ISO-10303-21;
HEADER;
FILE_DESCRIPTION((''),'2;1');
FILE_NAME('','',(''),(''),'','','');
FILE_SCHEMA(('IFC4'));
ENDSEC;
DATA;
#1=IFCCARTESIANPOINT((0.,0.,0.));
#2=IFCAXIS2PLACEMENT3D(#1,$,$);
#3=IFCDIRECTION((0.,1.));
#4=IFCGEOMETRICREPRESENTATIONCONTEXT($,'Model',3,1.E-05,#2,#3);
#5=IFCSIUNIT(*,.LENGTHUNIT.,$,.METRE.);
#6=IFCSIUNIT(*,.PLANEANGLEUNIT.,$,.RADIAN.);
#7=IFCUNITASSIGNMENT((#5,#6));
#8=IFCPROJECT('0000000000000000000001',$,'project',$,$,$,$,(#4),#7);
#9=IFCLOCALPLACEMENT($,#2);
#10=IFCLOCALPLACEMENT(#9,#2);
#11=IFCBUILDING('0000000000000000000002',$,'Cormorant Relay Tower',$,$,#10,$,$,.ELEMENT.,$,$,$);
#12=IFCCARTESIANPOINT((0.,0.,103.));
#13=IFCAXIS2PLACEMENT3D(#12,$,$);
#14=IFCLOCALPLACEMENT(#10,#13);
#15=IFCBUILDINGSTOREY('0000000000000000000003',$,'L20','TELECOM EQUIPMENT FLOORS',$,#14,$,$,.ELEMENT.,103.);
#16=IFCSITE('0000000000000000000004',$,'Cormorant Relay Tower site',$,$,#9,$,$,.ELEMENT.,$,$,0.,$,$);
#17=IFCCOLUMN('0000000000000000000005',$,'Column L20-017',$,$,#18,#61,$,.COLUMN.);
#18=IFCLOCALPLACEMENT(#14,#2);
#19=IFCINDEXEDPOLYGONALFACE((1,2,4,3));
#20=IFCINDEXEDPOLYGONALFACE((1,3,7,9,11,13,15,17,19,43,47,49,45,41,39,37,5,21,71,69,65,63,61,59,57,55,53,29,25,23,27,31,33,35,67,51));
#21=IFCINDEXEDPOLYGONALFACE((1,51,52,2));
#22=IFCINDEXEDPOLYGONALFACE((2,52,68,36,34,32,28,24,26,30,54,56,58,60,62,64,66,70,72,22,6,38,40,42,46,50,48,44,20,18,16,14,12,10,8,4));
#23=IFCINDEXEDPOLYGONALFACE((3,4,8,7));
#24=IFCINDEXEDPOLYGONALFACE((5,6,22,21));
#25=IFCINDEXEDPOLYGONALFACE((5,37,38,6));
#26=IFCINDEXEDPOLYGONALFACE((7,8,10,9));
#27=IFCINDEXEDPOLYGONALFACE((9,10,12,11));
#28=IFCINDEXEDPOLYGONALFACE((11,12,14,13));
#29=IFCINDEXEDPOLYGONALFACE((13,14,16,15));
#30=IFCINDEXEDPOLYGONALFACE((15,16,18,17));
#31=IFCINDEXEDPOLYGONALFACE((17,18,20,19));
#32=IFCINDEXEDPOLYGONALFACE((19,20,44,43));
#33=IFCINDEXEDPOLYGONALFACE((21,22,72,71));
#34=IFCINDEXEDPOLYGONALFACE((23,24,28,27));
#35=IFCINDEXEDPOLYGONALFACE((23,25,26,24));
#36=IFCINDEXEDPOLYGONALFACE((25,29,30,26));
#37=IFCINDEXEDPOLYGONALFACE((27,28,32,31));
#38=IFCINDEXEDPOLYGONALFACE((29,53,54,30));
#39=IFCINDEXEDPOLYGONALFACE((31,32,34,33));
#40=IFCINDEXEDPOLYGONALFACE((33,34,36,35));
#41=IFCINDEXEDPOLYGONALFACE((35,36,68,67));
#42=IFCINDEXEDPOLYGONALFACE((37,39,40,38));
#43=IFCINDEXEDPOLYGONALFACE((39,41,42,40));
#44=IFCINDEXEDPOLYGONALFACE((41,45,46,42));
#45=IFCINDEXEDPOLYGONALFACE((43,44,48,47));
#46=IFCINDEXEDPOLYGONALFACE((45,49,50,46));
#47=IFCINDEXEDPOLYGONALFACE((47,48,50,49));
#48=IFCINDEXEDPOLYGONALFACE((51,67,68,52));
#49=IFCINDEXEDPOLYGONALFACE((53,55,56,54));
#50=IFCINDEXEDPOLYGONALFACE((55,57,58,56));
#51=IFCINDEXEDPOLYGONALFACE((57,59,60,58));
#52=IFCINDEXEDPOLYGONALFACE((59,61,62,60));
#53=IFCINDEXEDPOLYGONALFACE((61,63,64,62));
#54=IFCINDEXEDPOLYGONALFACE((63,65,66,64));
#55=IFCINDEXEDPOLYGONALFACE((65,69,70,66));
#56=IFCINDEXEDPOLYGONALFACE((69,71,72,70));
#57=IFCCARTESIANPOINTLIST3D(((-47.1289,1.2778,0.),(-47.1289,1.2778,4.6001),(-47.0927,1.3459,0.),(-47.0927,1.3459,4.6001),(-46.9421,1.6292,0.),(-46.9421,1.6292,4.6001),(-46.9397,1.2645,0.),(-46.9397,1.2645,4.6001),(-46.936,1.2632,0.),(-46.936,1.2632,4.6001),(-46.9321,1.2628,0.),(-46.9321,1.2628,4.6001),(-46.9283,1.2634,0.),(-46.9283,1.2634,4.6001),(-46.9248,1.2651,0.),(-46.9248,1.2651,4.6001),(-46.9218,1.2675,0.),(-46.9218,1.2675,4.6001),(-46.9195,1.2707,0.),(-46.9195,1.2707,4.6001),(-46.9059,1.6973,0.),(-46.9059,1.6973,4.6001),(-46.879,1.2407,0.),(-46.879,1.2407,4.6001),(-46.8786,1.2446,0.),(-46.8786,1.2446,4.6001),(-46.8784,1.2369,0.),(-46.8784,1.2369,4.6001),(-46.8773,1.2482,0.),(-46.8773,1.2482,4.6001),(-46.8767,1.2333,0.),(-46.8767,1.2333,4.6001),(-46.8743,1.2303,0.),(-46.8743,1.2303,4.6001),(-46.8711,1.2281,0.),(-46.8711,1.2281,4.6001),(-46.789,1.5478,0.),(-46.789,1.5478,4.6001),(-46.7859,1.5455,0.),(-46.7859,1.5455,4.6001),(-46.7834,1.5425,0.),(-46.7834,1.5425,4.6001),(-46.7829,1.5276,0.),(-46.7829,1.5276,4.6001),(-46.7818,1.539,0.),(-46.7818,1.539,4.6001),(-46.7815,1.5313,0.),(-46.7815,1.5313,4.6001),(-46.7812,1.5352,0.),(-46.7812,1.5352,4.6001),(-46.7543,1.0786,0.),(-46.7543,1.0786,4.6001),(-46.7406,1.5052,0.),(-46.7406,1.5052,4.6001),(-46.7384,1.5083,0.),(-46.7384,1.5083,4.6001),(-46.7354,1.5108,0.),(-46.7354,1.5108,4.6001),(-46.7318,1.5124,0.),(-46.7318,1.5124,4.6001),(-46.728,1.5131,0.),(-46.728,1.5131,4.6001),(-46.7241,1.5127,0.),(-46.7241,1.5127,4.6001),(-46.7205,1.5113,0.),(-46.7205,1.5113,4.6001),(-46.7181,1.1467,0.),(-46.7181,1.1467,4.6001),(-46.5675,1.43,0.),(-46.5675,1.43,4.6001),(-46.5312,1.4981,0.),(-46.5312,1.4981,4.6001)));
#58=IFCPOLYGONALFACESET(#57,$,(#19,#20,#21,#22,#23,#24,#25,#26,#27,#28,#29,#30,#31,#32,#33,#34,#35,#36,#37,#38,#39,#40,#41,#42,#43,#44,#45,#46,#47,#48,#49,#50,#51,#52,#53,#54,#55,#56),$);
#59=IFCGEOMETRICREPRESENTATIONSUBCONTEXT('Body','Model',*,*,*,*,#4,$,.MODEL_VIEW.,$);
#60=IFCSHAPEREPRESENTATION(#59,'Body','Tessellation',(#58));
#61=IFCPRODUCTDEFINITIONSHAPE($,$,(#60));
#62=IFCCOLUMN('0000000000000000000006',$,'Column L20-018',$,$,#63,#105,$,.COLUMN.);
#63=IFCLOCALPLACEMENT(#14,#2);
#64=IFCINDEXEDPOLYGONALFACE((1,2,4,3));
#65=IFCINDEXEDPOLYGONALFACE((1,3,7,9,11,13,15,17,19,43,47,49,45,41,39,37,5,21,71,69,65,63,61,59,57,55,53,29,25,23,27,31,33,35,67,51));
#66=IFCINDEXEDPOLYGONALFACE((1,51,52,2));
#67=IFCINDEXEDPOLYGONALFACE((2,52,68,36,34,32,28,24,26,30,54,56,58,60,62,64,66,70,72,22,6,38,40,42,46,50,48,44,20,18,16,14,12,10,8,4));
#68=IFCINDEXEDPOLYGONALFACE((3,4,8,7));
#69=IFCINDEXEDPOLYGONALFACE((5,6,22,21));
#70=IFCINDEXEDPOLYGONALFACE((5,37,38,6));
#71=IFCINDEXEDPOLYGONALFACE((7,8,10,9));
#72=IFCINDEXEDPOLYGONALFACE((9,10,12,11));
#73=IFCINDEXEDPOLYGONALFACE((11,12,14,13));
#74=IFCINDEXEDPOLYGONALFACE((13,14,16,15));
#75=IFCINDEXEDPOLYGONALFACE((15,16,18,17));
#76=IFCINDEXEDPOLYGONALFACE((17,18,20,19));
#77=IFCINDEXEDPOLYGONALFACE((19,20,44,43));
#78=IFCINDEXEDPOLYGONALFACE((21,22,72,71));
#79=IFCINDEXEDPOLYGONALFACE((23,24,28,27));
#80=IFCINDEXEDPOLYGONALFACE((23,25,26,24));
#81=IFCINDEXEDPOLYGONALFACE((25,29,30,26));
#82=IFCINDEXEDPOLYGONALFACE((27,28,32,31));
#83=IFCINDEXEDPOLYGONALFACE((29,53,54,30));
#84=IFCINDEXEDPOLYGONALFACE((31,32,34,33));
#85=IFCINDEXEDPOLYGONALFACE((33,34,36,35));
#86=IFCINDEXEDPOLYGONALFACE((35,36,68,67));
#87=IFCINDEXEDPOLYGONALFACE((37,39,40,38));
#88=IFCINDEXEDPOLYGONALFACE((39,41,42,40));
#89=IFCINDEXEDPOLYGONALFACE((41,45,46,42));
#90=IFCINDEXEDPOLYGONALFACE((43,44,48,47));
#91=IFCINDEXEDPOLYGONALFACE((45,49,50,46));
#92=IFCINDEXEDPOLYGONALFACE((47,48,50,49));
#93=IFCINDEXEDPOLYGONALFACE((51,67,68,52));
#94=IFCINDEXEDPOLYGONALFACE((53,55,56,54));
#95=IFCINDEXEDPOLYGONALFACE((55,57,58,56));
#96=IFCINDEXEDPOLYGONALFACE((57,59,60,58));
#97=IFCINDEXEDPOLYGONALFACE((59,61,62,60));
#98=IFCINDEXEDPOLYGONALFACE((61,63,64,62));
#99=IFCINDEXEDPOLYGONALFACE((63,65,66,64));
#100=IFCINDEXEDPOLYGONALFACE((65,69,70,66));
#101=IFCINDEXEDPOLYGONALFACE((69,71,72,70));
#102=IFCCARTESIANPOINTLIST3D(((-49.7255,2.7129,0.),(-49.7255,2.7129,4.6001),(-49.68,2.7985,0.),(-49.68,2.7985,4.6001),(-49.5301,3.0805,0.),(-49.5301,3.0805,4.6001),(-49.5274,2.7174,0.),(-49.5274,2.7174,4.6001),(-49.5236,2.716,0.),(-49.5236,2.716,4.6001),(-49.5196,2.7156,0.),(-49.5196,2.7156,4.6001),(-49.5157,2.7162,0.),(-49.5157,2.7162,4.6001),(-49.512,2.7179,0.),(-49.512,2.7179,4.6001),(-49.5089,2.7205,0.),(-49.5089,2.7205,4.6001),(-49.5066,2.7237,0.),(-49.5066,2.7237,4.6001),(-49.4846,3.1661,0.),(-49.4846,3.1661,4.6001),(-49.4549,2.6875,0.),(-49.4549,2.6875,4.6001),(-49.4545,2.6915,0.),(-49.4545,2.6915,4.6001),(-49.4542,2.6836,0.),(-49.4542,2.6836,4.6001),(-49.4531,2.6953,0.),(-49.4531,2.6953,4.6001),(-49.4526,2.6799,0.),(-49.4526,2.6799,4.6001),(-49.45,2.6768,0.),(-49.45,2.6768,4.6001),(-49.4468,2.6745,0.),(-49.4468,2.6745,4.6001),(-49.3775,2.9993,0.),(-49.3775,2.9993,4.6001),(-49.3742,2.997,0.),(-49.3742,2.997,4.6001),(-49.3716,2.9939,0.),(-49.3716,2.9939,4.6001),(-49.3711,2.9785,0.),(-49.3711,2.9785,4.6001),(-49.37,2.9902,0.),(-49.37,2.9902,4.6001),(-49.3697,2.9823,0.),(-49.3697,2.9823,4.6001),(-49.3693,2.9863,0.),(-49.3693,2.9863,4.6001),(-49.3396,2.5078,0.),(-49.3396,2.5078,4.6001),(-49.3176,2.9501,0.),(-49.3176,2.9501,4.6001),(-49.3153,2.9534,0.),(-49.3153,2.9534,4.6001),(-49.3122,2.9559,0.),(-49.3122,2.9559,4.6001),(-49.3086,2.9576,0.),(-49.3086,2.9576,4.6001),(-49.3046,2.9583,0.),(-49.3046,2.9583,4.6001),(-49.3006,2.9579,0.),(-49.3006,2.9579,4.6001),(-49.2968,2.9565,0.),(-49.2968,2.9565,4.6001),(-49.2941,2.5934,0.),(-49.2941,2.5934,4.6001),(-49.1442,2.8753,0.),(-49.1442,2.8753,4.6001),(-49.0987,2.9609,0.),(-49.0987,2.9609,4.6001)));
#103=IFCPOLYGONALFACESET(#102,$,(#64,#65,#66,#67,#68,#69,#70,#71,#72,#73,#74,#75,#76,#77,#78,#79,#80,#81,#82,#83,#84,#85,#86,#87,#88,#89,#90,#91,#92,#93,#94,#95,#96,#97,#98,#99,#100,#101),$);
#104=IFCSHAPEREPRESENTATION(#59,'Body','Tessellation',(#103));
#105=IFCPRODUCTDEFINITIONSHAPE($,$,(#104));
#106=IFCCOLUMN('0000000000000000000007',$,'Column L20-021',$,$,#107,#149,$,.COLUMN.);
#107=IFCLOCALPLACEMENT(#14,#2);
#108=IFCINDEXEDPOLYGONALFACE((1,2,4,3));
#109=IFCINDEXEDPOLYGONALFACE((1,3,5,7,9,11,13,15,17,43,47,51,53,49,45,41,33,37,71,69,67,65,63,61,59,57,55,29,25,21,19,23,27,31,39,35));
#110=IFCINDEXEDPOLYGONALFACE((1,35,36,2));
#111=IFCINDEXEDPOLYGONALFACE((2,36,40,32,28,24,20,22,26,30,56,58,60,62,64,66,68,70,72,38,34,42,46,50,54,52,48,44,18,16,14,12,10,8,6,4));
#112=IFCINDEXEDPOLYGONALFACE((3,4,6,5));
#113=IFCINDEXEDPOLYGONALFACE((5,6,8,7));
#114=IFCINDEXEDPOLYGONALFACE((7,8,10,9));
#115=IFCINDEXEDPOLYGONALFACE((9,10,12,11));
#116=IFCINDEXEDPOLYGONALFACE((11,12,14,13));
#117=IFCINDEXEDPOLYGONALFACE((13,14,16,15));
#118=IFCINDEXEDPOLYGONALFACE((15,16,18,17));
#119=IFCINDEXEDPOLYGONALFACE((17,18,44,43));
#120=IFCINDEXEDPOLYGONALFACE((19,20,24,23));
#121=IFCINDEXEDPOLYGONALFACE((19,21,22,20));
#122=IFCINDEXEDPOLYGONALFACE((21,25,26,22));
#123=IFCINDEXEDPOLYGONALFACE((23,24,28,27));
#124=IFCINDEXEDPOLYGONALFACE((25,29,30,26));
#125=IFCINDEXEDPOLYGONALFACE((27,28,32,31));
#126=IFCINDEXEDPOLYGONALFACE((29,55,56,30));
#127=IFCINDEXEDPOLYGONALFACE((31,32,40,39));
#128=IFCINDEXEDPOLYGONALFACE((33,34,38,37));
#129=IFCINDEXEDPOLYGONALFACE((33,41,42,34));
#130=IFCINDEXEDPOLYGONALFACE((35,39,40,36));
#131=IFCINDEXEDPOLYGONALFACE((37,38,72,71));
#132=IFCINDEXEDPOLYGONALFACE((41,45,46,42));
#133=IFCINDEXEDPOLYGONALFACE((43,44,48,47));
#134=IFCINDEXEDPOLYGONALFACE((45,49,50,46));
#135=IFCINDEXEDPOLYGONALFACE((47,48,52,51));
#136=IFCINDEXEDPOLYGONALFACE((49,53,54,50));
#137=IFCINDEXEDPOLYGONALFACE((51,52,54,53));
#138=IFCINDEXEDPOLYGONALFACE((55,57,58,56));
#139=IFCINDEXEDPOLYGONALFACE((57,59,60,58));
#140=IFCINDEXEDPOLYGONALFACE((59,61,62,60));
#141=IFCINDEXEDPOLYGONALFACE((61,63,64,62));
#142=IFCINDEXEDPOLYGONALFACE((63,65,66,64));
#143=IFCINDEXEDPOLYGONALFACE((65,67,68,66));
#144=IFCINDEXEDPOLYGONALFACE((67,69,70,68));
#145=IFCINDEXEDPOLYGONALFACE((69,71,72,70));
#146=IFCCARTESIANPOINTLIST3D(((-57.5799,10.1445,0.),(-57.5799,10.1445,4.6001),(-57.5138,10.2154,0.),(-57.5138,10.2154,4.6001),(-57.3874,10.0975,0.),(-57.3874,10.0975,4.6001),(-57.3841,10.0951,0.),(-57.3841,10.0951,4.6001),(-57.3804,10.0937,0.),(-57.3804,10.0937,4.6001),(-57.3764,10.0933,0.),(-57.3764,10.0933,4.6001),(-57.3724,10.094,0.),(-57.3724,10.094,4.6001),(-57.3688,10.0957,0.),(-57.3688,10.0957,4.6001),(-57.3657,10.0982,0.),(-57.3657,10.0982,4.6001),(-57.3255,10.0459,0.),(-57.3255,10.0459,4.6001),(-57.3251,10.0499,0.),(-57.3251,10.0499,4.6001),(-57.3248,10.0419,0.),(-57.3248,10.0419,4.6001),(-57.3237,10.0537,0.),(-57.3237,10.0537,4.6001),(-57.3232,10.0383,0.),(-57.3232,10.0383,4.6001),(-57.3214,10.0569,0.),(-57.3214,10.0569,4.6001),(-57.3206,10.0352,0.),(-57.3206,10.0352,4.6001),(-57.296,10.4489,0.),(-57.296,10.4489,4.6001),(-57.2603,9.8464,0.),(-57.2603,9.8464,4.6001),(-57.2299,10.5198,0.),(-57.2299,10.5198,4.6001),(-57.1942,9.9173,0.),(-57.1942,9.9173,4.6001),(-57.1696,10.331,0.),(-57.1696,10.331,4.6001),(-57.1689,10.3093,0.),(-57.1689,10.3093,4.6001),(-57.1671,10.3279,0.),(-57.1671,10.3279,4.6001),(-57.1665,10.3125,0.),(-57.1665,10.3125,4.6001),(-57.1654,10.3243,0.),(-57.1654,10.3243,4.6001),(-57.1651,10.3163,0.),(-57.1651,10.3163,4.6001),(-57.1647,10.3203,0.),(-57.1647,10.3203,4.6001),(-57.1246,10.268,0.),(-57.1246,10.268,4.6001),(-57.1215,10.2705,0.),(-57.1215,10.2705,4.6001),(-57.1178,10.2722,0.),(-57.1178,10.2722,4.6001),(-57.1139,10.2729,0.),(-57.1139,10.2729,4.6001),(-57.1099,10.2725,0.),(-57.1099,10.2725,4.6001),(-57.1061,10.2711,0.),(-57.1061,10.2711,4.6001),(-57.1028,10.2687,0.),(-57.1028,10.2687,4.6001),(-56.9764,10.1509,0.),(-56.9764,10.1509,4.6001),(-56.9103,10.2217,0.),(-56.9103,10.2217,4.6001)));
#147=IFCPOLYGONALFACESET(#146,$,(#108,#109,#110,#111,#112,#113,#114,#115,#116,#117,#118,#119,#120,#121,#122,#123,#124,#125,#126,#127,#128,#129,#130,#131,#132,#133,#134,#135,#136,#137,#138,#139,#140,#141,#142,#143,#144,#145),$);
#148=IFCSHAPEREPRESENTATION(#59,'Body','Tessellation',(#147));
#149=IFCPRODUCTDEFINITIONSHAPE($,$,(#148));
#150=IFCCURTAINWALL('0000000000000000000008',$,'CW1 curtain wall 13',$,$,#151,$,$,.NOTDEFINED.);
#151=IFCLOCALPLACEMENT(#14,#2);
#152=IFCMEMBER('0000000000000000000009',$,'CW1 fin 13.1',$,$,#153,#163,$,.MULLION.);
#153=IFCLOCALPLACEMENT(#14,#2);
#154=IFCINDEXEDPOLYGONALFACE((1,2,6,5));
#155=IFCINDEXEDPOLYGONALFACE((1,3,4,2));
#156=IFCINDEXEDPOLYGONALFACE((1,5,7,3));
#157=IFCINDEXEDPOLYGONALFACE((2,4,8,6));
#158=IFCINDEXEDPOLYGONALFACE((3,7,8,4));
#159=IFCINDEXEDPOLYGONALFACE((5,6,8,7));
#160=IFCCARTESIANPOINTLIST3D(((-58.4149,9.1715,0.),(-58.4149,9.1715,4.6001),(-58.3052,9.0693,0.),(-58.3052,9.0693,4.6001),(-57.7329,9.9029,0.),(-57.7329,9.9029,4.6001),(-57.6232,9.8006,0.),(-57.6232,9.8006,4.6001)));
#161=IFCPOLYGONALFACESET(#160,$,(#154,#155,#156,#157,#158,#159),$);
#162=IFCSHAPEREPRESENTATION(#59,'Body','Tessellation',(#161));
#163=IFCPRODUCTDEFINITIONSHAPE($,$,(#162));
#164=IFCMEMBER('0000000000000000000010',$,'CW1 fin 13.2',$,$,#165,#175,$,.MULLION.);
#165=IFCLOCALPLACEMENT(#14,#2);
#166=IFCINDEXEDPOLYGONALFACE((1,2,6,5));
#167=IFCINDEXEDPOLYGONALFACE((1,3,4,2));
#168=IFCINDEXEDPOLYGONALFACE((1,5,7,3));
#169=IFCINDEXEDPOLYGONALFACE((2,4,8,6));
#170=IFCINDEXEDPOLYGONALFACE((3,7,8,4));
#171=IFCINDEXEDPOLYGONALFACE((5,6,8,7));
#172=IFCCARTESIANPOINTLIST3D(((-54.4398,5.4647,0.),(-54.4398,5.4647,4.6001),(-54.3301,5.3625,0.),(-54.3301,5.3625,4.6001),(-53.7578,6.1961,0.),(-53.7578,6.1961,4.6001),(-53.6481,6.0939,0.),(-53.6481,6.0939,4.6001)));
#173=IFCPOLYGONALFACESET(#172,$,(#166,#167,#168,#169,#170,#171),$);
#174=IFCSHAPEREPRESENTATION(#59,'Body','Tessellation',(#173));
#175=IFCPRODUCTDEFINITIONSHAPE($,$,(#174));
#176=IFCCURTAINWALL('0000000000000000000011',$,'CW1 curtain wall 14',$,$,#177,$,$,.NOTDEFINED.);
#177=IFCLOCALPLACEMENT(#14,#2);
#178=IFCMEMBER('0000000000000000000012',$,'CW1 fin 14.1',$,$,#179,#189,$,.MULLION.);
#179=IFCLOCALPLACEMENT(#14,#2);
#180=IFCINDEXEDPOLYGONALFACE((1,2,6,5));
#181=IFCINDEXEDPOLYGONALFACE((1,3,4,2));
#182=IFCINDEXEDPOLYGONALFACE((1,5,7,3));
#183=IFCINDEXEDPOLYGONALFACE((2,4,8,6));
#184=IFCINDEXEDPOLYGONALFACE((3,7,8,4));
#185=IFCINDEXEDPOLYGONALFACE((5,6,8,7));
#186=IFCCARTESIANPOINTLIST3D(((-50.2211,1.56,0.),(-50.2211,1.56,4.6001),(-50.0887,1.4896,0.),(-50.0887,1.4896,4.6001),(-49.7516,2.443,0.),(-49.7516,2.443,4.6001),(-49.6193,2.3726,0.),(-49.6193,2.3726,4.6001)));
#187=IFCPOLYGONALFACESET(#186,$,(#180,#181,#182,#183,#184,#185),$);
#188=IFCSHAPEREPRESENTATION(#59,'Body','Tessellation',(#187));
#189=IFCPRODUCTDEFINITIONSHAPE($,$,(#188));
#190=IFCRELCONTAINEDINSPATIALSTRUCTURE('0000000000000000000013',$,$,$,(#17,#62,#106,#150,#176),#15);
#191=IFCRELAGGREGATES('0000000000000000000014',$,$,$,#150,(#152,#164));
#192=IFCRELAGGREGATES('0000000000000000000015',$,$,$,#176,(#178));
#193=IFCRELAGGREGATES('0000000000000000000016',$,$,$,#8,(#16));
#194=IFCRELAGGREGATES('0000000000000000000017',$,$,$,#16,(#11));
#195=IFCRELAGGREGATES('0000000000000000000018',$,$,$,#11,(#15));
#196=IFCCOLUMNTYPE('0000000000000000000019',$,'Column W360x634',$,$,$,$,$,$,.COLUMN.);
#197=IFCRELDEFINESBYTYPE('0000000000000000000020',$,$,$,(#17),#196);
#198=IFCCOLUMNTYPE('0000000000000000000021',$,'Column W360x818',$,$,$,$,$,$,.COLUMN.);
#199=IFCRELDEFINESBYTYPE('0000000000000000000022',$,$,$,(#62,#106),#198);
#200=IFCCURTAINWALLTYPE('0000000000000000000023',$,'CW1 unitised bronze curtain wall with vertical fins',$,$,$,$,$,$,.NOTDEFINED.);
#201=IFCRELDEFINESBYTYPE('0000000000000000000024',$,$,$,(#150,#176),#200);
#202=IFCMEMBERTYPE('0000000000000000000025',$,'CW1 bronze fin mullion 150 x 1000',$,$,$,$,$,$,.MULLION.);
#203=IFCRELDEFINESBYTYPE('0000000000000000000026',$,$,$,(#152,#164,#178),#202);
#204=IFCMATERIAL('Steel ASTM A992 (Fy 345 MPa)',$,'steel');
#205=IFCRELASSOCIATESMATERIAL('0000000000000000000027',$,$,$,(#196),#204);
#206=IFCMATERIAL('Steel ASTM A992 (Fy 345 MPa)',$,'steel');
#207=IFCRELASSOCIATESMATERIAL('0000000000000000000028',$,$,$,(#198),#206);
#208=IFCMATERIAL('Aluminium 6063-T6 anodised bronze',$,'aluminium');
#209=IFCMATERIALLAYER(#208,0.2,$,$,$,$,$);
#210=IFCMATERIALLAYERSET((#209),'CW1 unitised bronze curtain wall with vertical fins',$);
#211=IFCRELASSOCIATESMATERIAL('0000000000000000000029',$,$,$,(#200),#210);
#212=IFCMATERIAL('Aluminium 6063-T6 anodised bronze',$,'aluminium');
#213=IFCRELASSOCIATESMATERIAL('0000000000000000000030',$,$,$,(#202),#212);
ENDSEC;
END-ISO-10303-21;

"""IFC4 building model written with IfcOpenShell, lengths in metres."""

from ifc_helpers import new_model, si_unit, direction, frame, origin, origin_2d, place, context, subcontext, project, spatial, rectangle, i_section, extrude, material, layer, layer_set, material_profile, profile_set, type_object, element, aggregate, save


model = new_model("IFC4")

# Units and contexts
model_context = context("Model", 3, precision=1e-05, world=origin(), true_north=direction((0.0, 1.0)))
body_context = subcontext(model_context, "Body", "Model", "MODEL_VIEW")
ifc_project = project(units=[si_unit("LENGTHUNIT", "METRE"), si_unit("PLANEANGLEUNIT", "RADIAN")], contexts=[model_context])

# Site, building, storey
site_placement = place(None, origin())
site = spatial("IfcSite", under=ifc_project, at=site_placement, Name="Cormorant Relay Tower site", CompositionType="ELEMENT", RefElevation=0.0)
building_placement = place(site_placement, origin())
building = spatial("IfcBuilding", under=site, at=building_placement, Name="Cormorant Relay Tower", CompositionType="ELEMENT")
storey_placement = place(building_placement, frame((0.0, 0.0, 103.0)))
storey = spatial("IfcBuildingStorey", under=building, at=storey_placement, Name="L20", Description="TELECOM EQUIPMENT FLOORS", CompositionType="ELEMENT", Elevation=103.0)

# Columns
ifc_material_1 = material(Name="Steel ASTM A992 (Fy 345 MPa)", Category="steel")
ifc_material_profile_1 = material_profile(ifc_material_1, i_section(OverallWidth=0.4243, OverallDepth=0.4751, WebThickness=0.0479, FlangeThickness=0.0771, FilletRadius=0.0149, at=origin_2d()), Name="W360x634")
ifc_profile_set_1 = profile_set([ifc_material_profile_1], Name="Steel ASTM A992 (Fy 345 MPa)")
column_type_1 = type_object("IfcColumnType", Name="Column W360x634", PredefinedType="COLUMN", material=ifc_profile_set_1)
column_placement = place(storey_placement, frame((-46.8301, 1.3879, 0.0), z_axis=(0.0, 0.0, 1.0), x_axis=(0.882948, -0.469472, 0.0)))
element("IfcColumn", 1, at=column_placement, inside=storey, type_object=column_type_1, Name="Column L20-017", PredefinedType="COLUMN", context=body_context, shape_type="SweptSolid", body=[
    extrude(i_section(OverallWidth=0.4243, OverallDepth=0.4751, WebThickness=0.0479, FlangeThickness=0.0771, FilletRadius=0.0149, at=origin_2d()), origin(), (0.0, 0.0, 1.0), 4.6001),
])
ifc_material_2 = material(Name="Steel ASTM A992 (Fy 345 MPa)", Category="steel")
ifc_material_profile_2 = material_profile(ifc_material_2, i_section(OverallWidth=0.437, OverallDepth=0.5132, WebThickness=0.0605, FlangeThickness=0.0969, FilletRadius=0.0154, at=origin_2d()), Name="W360x818")
ifc_profile_set_2 = profile_set([ifc_material_profile_2], Name="Steel ASTM A992 (Fy 345 MPa)")
column_type_2 = type_object("IfcColumnType", Name="Column W360x818", PredefinedType="COLUMN", material=ifc_profile_set_2)
for number, where, z_axis, x_axis, name in (
    (2, (-49.4121, 2.8369, 0.0), (0.0, 0.0, 1.0), (0.882948, -0.469472, 0.0), "Column L20-018"),
    (3, (-57.2451, 10.1831, 0.0), (0.0, 0.0, 1.0), (0.731354, -0.681998, 0.0), "Column L20-021"),
):
    element("IfcColumn", number, at=place(storey_placement, frame(where, z_axis=z_axis, x_axis=x_axis)), inside=storey, type_object=column_type_2, Name=name, PredefinedType="COLUMN", context=body_context, shape_type="SweptSolid", body=[
        extrude(i_section(OverallWidth=0.437, OverallDepth=0.5132, WebThickness=0.0605, FlangeThickness=0.0969, FilletRadius=0.0154, at=origin_2d()), origin(), (0.0, 0.0, 1.0), 4.6001),
    ])

# Curtain wall, members
ifc_material_3 = material(Name="Aluminium 6063-T6 anodised bronze", Category="aluminium")
ifc_layer_1 = layer(ifc_material_3, 0.2)
ifc_layer_set_1 = layer_set([ifc_layer_1], Name="CW1 unitised bronze curtain wall with vertical fins")
curtain_wall_type = type_object("IfcCurtainWallType", Name="CW1 unitised bronze curtain wall with vertical fins", PredefinedType="NOTDEFINED", material=ifc_layer_set_1)
curtain_wall_1_placement = place(storey_placement, origin())
curtain_wall_1 = element("IfcCurtainWall", 4, at=curtain_wall_1_placement, inside=storey, type_object=curtain_wall_type, Name="CW1 curtain wall 13", PredefinedType="NOTDEFINED")
ifc_material_4 = material(Name="Aluminium 6063-T6 anodised bronze", Category="aluminium")
ifc_material_profile_3 = material_profile(ifc_material_4, rectangle(XDim=0.1499, YDim=1.0, at=origin_2d()), Name="AL 150x1000")
ifc_profile_set_3 = profile_set([ifc_material_profile_3], Name="Aluminium 6063-T6 anodised bronze")
member_type_1 = type_object("IfcMemberType", Name="CW1 bronze fin mullion 150 x 1000", PredefinedType="MULLION", material=ifc_profile_set_3)
member_1_placement = place(storey_placement, frame((-58.019, 9.4861, 0.0), z_axis=(0.0, 0.0, 1.0), x_axis=(0.731354, -0.681998, 0.0)))
member_1 = element("IfcMember", 5, at=member_1_placement, type_object=member_type_1, Name="CW1 fin 13.1", PredefinedType="MULLION", context=body_context, shape_type="SweptSolid", body=[
    extrude(rectangle(XDim=0.1499, YDim=1.0, at=origin_2d()), origin(), (0.0, 0.0, 1.0), 4.6001),
])
member_2_placement = place(storey_placement, frame((-54.0439, 5.7793, 0.0), z_axis=(0.0, 0.0, 1.0), x_axis=(0.731354, -0.681998, 0.0)))
member_2 = element("IfcMember", 6, at=member_2_placement, type_object=member_type_1, Name="CW1 fin 13.2", PredefinedType="MULLION", context=body_context, shape_type="SweptSolid", body=[
    extrude(rectangle(XDim=0.1499, YDim=1.0, at=origin_2d()), origin(), (0.0, 0.0, 1.0), 4.6001),
])

# Curtain wall, member
curtain_wall_2_placement = place(storey_placement, origin())
curtain_wall_2 = element("IfcCurtainWall", 7, at=curtain_wall_2_placement, inside=storey, type_object=curtain_wall_type, Name="CW1 curtain wall 14", PredefinedType="NOTDEFINED")
member_3_placement = place(storey_placement, frame((-49.9202, 1.9663, 0.0), z_axis=(0.0, 0.0, 1.0), x_axis=(0.882948, -0.469472, 0.0)))
member_3 = element("IfcMember", 8, at=member_3_placement, type_object=member_type_1, Name="CW1 fin 14.1", PredefinedType="MULLION", context=body_context, shape_type="SweptSolid", body=[
    extrude(rectangle(XDim=0.1499, YDim=1.0, at=origin_2d()), origin(), (0.0, 0.0, 1.0), 4.6001),
])

aggregate(curtain_wall_1, [member_1, member_2])
aggregate(curtain_wall_2, [member_3])

save(model, "model.ifc")
